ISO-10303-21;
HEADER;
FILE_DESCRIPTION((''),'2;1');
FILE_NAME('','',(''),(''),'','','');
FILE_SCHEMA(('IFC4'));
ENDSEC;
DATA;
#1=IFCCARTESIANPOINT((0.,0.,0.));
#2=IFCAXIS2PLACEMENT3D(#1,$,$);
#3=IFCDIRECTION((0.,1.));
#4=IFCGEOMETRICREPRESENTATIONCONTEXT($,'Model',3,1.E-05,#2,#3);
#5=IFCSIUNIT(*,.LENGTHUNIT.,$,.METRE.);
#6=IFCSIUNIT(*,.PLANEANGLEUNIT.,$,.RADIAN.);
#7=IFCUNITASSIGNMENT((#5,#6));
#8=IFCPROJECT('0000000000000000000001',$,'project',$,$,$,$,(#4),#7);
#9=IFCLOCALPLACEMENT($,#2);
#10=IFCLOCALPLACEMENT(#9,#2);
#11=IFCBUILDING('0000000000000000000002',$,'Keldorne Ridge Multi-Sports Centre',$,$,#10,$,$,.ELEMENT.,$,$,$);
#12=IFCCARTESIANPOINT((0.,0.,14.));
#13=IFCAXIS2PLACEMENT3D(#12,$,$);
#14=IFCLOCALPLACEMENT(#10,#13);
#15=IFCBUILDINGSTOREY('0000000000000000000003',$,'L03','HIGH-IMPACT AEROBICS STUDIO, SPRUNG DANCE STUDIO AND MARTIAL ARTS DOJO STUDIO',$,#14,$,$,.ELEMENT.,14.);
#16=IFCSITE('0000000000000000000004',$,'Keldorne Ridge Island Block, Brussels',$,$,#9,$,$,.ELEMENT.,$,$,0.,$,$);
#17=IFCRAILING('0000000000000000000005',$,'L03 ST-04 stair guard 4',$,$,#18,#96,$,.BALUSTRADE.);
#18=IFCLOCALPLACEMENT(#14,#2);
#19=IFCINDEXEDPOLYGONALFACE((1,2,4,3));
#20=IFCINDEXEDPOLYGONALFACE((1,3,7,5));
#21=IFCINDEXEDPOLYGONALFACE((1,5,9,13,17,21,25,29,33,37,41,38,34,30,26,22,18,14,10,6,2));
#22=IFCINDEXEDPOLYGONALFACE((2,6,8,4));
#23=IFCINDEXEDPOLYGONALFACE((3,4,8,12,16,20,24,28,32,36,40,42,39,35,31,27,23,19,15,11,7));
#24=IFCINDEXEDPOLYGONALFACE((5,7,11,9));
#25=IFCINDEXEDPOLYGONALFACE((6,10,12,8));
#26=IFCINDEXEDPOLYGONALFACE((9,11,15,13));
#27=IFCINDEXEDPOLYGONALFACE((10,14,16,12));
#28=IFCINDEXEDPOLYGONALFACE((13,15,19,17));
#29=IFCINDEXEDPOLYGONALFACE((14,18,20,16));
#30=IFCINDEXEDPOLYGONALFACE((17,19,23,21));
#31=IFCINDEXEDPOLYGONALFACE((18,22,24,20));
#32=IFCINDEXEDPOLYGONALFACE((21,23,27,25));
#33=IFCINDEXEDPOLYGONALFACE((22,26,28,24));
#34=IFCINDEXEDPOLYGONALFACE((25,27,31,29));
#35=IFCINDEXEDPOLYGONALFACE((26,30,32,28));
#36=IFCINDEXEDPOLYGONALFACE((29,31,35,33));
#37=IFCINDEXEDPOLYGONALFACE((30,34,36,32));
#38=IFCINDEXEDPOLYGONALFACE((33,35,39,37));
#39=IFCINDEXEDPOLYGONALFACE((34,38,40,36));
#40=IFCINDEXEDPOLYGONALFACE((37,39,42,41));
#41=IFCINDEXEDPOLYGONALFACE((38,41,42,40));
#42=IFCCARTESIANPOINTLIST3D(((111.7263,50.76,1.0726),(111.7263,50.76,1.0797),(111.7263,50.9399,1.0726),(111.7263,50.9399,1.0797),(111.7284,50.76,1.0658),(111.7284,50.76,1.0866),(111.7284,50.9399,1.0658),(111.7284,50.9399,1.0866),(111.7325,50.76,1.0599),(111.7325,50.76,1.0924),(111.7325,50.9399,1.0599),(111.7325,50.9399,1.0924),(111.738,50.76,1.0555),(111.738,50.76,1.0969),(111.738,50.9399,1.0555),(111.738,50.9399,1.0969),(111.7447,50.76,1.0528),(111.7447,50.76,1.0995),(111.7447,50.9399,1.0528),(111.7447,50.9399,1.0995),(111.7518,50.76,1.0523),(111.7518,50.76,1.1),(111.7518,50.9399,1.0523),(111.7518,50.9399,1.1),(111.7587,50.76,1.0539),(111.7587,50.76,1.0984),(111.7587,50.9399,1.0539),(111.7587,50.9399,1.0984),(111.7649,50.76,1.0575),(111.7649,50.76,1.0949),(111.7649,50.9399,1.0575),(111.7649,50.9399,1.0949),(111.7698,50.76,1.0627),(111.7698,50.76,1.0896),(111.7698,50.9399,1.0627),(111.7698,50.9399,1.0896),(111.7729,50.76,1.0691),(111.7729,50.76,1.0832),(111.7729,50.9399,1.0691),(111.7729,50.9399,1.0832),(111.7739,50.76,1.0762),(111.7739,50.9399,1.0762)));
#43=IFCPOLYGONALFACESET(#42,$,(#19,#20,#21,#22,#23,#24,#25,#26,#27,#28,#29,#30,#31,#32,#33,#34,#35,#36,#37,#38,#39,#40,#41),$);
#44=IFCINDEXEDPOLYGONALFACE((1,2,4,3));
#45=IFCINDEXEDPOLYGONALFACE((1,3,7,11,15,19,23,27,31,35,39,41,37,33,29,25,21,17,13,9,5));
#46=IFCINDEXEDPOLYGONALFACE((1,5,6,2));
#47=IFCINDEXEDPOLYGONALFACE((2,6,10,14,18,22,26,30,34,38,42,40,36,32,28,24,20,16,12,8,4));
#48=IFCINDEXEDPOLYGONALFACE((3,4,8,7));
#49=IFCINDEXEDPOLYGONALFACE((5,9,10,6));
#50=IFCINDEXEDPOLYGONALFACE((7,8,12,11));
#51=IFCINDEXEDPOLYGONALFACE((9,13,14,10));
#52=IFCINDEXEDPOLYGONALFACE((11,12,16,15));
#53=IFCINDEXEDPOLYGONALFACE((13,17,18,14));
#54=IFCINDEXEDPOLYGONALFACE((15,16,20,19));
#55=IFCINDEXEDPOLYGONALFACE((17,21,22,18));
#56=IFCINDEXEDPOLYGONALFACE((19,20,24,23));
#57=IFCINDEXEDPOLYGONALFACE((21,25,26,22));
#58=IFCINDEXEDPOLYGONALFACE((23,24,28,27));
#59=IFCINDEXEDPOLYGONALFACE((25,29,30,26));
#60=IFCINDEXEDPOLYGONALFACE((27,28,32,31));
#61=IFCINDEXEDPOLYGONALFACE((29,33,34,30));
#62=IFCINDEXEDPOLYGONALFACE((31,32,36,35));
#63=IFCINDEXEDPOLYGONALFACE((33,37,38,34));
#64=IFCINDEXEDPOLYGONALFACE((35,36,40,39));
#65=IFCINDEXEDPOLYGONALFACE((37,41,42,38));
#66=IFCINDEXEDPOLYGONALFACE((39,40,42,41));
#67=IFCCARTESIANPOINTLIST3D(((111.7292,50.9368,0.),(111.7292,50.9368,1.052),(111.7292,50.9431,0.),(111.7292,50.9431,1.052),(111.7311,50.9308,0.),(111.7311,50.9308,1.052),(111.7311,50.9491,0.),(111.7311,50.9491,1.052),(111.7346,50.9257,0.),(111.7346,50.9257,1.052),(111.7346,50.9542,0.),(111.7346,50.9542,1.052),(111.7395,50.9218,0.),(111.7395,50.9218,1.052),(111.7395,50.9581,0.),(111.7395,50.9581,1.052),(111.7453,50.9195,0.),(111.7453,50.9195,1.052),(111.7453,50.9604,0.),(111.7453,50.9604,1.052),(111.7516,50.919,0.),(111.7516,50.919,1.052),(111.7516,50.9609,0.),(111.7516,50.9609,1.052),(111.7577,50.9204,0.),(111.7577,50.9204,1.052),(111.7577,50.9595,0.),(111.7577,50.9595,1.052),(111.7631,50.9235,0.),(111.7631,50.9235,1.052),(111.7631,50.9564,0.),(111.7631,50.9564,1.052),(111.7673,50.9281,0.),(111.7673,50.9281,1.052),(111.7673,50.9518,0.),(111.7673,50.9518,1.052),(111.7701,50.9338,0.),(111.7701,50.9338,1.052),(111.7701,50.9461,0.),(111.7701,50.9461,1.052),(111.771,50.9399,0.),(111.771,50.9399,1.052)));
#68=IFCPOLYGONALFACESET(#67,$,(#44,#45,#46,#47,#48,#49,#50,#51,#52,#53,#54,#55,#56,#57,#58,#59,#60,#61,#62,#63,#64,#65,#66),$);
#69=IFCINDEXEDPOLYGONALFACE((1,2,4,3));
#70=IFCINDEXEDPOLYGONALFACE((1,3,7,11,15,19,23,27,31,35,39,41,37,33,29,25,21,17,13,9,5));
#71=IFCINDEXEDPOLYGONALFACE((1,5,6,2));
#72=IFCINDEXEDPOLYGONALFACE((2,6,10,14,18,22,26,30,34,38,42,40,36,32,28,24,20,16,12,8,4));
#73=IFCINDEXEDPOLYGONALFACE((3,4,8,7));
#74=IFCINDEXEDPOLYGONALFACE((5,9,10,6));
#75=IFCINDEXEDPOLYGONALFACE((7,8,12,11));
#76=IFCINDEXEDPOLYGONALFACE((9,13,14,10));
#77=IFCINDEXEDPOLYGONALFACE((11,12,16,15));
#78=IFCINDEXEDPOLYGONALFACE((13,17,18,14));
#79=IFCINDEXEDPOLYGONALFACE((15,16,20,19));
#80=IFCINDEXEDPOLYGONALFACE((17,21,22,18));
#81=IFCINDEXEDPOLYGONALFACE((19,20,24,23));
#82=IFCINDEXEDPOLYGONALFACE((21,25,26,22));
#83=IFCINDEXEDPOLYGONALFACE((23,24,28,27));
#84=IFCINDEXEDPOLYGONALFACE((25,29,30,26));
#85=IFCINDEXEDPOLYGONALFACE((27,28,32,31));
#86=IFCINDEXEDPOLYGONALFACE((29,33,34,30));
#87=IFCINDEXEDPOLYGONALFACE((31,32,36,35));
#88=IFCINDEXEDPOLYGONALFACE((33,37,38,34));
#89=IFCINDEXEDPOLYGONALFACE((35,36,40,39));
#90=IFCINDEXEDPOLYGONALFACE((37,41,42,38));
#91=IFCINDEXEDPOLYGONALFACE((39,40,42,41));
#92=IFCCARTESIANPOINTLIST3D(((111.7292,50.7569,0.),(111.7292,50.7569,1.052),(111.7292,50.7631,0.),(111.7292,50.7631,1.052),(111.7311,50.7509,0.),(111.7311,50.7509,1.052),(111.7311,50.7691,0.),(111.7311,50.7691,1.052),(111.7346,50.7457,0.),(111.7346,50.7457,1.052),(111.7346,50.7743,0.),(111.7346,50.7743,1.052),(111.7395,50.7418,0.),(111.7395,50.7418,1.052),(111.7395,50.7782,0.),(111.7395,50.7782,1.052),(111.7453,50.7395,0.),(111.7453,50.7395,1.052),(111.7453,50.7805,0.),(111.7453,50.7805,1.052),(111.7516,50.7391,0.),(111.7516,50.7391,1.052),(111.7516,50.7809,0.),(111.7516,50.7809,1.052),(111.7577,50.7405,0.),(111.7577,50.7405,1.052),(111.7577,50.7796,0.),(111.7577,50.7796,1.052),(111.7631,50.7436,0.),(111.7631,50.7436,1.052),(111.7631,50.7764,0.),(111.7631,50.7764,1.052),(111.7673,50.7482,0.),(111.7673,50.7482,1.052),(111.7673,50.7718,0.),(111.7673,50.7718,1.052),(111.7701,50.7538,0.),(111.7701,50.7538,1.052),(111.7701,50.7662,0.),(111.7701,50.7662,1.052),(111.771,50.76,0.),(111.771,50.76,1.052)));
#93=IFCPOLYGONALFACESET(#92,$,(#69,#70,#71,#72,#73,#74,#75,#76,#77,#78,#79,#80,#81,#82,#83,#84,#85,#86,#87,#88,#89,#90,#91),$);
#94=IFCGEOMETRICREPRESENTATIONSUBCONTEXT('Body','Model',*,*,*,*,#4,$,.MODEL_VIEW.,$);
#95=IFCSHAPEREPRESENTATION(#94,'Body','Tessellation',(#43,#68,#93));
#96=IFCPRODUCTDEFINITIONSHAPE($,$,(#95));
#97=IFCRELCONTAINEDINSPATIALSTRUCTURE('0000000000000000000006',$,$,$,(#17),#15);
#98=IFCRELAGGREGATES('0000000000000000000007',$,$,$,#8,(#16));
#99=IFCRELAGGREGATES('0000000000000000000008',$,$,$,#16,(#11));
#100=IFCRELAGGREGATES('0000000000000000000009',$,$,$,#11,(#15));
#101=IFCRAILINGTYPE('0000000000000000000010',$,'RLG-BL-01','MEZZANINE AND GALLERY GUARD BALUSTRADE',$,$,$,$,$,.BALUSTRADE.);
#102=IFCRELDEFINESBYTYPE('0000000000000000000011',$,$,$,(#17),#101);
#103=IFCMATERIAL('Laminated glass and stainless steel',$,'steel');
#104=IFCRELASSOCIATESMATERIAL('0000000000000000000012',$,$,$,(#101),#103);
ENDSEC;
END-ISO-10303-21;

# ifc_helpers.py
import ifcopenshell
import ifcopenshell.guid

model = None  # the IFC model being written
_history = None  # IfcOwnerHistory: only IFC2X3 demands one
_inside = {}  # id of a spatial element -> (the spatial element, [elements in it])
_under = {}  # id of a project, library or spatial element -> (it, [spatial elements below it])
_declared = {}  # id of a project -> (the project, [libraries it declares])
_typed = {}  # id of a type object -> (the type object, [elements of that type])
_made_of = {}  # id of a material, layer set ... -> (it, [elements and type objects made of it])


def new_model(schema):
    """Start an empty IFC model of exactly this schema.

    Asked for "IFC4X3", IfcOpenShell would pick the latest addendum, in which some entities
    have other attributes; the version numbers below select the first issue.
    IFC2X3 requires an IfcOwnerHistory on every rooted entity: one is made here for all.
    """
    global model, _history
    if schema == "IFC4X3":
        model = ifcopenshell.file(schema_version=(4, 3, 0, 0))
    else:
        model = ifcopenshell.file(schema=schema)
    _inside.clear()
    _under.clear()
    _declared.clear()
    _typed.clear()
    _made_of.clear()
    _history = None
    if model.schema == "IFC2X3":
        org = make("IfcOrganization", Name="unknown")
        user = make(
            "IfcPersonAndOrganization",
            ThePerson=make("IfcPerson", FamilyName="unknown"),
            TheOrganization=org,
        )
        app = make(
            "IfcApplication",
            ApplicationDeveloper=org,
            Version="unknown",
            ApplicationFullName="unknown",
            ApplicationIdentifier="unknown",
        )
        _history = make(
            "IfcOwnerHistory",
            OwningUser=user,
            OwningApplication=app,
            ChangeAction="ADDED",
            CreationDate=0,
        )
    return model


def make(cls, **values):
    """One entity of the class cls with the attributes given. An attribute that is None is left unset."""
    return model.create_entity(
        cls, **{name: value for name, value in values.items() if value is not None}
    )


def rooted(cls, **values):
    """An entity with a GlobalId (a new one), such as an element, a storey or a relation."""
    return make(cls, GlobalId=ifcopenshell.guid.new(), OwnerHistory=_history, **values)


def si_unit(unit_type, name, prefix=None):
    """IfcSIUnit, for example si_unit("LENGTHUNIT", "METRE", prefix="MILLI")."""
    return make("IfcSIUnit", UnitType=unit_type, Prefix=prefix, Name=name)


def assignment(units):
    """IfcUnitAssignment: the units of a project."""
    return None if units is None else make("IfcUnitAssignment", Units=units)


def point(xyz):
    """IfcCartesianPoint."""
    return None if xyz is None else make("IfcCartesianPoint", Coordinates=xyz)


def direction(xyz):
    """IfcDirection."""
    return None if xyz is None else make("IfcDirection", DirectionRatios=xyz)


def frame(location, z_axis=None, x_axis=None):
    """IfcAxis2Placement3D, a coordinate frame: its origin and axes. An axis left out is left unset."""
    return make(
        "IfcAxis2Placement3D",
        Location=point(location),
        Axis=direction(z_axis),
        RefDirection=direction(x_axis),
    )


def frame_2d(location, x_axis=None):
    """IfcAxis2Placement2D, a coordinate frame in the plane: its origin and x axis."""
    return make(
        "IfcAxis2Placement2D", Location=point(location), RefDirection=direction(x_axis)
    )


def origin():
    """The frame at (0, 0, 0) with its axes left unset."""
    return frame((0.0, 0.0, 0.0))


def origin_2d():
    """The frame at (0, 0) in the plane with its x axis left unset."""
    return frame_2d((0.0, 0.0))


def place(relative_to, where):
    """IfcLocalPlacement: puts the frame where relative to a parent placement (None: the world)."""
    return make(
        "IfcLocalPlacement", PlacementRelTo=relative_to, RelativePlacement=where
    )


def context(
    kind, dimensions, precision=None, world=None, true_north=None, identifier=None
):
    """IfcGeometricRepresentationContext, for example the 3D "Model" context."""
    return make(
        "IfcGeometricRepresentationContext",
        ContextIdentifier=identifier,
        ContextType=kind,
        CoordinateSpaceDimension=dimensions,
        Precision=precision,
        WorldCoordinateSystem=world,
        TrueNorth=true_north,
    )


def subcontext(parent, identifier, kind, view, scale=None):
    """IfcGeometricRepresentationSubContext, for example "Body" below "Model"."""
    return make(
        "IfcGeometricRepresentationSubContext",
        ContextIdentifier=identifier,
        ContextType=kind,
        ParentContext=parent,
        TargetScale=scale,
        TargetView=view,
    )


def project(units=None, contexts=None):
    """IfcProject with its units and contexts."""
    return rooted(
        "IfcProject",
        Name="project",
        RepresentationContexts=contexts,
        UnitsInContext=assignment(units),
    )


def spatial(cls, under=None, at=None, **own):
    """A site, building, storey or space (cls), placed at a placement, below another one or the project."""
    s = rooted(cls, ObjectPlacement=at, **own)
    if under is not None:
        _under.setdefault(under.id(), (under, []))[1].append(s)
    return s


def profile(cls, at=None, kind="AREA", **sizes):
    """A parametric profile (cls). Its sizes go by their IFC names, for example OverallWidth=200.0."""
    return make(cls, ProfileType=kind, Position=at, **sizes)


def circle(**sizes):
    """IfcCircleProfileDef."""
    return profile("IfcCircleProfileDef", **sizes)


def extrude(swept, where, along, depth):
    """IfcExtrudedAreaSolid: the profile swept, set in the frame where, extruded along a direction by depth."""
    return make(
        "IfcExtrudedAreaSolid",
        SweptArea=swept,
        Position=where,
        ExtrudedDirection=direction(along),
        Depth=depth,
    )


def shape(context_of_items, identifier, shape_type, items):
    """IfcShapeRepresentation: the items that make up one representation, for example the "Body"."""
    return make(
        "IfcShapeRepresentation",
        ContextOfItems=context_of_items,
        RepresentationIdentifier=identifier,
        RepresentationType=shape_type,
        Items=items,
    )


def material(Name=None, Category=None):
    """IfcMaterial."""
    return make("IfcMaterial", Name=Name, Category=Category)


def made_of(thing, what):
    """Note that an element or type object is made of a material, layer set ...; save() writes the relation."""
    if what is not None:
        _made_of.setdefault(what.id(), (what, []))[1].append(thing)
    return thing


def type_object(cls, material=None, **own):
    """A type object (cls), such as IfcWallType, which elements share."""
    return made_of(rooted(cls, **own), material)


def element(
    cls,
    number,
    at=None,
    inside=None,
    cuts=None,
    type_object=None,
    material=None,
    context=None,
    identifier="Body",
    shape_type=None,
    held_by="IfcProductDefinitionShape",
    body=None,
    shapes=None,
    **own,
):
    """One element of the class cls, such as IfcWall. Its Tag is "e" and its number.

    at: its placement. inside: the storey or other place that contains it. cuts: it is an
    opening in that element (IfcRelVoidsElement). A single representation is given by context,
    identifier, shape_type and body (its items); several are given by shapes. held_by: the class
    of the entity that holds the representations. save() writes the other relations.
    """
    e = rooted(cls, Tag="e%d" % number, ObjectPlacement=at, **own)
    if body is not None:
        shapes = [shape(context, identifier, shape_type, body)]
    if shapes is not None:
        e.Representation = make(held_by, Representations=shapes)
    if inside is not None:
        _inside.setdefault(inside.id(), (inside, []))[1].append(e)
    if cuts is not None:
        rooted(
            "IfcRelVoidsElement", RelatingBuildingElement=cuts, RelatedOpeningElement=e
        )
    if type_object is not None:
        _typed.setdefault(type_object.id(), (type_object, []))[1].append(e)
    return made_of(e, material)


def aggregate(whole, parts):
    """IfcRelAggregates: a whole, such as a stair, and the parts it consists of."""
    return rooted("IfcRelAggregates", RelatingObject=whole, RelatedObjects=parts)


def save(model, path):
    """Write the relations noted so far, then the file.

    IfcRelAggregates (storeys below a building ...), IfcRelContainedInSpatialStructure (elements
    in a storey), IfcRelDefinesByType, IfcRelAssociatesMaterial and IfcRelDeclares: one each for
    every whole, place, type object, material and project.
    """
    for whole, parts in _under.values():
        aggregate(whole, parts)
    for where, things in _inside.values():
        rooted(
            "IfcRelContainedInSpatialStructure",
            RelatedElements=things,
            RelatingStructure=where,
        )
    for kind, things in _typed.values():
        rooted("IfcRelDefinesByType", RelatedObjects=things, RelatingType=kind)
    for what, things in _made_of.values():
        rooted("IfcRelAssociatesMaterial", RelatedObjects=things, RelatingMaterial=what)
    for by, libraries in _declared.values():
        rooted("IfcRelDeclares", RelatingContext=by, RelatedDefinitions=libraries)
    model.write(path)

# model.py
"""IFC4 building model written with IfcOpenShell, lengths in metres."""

from ifc_helpers import new_model, si_unit, direction, frame, origin, origin_2d, place, context, subcontext, project, spatial, circle, extrude, material, type_object, element, save


model = new_model("IFC4")

# Units and contexts
model_context = context("Model", 3, precision=1e-05, world=origin(), true_north=direction((0.0, 1.0)))
body_context = subcontext(model_context, "Body", "Model", "MODEL_VIEW")
ifc_project = project(units=[si_unit("LENGTHUNIT", "METRE"), si_unit("PLANEANGLEUNIT", "RADIAN")], contexts=[model_context])

# Site, building, storey
site_placement = place(None, origin())
site = spatial("IfcSite", under=ifc_project, at=site_placement, Name="Keldorne Ridge Island Block, Brussels", CompositionType="ELEMENT", RefElevation=0.0)
building_placement = place(site_placement, origin())
building = spatial("IfcBuilding", under=site, at=building_placement, Name="Keldorne Ridge Multi-Sports Centre", CompositionType="ELEMENT")
storey_placement = place(building_placement, frame((0.0, 0.0, 14.0)))
storey = spatial("IfcBuildingStorey", under=building, at=storey_placement, Name="L03", Description="HIGH-IMPACT AEROBICS STUDIO, SPRUNG DANCE STUDIO AND MARTIAL ARTS DOJO STUDIO", CompositionType="ELEMENT", Elevation=14.0)

# Railing
ifc_material_1 = material(Name="Laminated glass and stainless steel", Category="steel")
railing_type_1 = type_object("IfcRailingType", Name="RLG-BL-01", Description="MEZZANINE AND GALLERY GUARD BALUSTRADE", PredefinedType="BALUSTRADE", material=ifc_material_1)
railing_1_placement = place(storey_placement, frame((111.75, 50.9399, 0.0)))
element("IfcRailing", 1, at=railing_1_placement, inside=storey, type_object=railing_type_1, Name="L03 ST-04 stair guard 4", PredefinedType="BALUSTRADE", context=body_context, shape_type="SweptSolid", body=[
    extrude(circle(Radius=0.0239, at=origin_2d()), frame((0.0, 0.0, 1.0762), z_axis=(0.0, -1.0, 0.0), x_axis=(1.0, 0.0, 0.0)), (0.0, 0.0, 1.0), 0.1799),
    extrude(circle(Radius=0.021, at=origin_2d()), origin(), (0.0, 0.0, 1.0), 1.052),
    extrude(circle(Radius=0.021, at=origin_2d()), frame((0.0, -0.1799, 0.0)), (0.0, 0.0, 1.0), 1.052),
])

save(model, "model.ifc")
